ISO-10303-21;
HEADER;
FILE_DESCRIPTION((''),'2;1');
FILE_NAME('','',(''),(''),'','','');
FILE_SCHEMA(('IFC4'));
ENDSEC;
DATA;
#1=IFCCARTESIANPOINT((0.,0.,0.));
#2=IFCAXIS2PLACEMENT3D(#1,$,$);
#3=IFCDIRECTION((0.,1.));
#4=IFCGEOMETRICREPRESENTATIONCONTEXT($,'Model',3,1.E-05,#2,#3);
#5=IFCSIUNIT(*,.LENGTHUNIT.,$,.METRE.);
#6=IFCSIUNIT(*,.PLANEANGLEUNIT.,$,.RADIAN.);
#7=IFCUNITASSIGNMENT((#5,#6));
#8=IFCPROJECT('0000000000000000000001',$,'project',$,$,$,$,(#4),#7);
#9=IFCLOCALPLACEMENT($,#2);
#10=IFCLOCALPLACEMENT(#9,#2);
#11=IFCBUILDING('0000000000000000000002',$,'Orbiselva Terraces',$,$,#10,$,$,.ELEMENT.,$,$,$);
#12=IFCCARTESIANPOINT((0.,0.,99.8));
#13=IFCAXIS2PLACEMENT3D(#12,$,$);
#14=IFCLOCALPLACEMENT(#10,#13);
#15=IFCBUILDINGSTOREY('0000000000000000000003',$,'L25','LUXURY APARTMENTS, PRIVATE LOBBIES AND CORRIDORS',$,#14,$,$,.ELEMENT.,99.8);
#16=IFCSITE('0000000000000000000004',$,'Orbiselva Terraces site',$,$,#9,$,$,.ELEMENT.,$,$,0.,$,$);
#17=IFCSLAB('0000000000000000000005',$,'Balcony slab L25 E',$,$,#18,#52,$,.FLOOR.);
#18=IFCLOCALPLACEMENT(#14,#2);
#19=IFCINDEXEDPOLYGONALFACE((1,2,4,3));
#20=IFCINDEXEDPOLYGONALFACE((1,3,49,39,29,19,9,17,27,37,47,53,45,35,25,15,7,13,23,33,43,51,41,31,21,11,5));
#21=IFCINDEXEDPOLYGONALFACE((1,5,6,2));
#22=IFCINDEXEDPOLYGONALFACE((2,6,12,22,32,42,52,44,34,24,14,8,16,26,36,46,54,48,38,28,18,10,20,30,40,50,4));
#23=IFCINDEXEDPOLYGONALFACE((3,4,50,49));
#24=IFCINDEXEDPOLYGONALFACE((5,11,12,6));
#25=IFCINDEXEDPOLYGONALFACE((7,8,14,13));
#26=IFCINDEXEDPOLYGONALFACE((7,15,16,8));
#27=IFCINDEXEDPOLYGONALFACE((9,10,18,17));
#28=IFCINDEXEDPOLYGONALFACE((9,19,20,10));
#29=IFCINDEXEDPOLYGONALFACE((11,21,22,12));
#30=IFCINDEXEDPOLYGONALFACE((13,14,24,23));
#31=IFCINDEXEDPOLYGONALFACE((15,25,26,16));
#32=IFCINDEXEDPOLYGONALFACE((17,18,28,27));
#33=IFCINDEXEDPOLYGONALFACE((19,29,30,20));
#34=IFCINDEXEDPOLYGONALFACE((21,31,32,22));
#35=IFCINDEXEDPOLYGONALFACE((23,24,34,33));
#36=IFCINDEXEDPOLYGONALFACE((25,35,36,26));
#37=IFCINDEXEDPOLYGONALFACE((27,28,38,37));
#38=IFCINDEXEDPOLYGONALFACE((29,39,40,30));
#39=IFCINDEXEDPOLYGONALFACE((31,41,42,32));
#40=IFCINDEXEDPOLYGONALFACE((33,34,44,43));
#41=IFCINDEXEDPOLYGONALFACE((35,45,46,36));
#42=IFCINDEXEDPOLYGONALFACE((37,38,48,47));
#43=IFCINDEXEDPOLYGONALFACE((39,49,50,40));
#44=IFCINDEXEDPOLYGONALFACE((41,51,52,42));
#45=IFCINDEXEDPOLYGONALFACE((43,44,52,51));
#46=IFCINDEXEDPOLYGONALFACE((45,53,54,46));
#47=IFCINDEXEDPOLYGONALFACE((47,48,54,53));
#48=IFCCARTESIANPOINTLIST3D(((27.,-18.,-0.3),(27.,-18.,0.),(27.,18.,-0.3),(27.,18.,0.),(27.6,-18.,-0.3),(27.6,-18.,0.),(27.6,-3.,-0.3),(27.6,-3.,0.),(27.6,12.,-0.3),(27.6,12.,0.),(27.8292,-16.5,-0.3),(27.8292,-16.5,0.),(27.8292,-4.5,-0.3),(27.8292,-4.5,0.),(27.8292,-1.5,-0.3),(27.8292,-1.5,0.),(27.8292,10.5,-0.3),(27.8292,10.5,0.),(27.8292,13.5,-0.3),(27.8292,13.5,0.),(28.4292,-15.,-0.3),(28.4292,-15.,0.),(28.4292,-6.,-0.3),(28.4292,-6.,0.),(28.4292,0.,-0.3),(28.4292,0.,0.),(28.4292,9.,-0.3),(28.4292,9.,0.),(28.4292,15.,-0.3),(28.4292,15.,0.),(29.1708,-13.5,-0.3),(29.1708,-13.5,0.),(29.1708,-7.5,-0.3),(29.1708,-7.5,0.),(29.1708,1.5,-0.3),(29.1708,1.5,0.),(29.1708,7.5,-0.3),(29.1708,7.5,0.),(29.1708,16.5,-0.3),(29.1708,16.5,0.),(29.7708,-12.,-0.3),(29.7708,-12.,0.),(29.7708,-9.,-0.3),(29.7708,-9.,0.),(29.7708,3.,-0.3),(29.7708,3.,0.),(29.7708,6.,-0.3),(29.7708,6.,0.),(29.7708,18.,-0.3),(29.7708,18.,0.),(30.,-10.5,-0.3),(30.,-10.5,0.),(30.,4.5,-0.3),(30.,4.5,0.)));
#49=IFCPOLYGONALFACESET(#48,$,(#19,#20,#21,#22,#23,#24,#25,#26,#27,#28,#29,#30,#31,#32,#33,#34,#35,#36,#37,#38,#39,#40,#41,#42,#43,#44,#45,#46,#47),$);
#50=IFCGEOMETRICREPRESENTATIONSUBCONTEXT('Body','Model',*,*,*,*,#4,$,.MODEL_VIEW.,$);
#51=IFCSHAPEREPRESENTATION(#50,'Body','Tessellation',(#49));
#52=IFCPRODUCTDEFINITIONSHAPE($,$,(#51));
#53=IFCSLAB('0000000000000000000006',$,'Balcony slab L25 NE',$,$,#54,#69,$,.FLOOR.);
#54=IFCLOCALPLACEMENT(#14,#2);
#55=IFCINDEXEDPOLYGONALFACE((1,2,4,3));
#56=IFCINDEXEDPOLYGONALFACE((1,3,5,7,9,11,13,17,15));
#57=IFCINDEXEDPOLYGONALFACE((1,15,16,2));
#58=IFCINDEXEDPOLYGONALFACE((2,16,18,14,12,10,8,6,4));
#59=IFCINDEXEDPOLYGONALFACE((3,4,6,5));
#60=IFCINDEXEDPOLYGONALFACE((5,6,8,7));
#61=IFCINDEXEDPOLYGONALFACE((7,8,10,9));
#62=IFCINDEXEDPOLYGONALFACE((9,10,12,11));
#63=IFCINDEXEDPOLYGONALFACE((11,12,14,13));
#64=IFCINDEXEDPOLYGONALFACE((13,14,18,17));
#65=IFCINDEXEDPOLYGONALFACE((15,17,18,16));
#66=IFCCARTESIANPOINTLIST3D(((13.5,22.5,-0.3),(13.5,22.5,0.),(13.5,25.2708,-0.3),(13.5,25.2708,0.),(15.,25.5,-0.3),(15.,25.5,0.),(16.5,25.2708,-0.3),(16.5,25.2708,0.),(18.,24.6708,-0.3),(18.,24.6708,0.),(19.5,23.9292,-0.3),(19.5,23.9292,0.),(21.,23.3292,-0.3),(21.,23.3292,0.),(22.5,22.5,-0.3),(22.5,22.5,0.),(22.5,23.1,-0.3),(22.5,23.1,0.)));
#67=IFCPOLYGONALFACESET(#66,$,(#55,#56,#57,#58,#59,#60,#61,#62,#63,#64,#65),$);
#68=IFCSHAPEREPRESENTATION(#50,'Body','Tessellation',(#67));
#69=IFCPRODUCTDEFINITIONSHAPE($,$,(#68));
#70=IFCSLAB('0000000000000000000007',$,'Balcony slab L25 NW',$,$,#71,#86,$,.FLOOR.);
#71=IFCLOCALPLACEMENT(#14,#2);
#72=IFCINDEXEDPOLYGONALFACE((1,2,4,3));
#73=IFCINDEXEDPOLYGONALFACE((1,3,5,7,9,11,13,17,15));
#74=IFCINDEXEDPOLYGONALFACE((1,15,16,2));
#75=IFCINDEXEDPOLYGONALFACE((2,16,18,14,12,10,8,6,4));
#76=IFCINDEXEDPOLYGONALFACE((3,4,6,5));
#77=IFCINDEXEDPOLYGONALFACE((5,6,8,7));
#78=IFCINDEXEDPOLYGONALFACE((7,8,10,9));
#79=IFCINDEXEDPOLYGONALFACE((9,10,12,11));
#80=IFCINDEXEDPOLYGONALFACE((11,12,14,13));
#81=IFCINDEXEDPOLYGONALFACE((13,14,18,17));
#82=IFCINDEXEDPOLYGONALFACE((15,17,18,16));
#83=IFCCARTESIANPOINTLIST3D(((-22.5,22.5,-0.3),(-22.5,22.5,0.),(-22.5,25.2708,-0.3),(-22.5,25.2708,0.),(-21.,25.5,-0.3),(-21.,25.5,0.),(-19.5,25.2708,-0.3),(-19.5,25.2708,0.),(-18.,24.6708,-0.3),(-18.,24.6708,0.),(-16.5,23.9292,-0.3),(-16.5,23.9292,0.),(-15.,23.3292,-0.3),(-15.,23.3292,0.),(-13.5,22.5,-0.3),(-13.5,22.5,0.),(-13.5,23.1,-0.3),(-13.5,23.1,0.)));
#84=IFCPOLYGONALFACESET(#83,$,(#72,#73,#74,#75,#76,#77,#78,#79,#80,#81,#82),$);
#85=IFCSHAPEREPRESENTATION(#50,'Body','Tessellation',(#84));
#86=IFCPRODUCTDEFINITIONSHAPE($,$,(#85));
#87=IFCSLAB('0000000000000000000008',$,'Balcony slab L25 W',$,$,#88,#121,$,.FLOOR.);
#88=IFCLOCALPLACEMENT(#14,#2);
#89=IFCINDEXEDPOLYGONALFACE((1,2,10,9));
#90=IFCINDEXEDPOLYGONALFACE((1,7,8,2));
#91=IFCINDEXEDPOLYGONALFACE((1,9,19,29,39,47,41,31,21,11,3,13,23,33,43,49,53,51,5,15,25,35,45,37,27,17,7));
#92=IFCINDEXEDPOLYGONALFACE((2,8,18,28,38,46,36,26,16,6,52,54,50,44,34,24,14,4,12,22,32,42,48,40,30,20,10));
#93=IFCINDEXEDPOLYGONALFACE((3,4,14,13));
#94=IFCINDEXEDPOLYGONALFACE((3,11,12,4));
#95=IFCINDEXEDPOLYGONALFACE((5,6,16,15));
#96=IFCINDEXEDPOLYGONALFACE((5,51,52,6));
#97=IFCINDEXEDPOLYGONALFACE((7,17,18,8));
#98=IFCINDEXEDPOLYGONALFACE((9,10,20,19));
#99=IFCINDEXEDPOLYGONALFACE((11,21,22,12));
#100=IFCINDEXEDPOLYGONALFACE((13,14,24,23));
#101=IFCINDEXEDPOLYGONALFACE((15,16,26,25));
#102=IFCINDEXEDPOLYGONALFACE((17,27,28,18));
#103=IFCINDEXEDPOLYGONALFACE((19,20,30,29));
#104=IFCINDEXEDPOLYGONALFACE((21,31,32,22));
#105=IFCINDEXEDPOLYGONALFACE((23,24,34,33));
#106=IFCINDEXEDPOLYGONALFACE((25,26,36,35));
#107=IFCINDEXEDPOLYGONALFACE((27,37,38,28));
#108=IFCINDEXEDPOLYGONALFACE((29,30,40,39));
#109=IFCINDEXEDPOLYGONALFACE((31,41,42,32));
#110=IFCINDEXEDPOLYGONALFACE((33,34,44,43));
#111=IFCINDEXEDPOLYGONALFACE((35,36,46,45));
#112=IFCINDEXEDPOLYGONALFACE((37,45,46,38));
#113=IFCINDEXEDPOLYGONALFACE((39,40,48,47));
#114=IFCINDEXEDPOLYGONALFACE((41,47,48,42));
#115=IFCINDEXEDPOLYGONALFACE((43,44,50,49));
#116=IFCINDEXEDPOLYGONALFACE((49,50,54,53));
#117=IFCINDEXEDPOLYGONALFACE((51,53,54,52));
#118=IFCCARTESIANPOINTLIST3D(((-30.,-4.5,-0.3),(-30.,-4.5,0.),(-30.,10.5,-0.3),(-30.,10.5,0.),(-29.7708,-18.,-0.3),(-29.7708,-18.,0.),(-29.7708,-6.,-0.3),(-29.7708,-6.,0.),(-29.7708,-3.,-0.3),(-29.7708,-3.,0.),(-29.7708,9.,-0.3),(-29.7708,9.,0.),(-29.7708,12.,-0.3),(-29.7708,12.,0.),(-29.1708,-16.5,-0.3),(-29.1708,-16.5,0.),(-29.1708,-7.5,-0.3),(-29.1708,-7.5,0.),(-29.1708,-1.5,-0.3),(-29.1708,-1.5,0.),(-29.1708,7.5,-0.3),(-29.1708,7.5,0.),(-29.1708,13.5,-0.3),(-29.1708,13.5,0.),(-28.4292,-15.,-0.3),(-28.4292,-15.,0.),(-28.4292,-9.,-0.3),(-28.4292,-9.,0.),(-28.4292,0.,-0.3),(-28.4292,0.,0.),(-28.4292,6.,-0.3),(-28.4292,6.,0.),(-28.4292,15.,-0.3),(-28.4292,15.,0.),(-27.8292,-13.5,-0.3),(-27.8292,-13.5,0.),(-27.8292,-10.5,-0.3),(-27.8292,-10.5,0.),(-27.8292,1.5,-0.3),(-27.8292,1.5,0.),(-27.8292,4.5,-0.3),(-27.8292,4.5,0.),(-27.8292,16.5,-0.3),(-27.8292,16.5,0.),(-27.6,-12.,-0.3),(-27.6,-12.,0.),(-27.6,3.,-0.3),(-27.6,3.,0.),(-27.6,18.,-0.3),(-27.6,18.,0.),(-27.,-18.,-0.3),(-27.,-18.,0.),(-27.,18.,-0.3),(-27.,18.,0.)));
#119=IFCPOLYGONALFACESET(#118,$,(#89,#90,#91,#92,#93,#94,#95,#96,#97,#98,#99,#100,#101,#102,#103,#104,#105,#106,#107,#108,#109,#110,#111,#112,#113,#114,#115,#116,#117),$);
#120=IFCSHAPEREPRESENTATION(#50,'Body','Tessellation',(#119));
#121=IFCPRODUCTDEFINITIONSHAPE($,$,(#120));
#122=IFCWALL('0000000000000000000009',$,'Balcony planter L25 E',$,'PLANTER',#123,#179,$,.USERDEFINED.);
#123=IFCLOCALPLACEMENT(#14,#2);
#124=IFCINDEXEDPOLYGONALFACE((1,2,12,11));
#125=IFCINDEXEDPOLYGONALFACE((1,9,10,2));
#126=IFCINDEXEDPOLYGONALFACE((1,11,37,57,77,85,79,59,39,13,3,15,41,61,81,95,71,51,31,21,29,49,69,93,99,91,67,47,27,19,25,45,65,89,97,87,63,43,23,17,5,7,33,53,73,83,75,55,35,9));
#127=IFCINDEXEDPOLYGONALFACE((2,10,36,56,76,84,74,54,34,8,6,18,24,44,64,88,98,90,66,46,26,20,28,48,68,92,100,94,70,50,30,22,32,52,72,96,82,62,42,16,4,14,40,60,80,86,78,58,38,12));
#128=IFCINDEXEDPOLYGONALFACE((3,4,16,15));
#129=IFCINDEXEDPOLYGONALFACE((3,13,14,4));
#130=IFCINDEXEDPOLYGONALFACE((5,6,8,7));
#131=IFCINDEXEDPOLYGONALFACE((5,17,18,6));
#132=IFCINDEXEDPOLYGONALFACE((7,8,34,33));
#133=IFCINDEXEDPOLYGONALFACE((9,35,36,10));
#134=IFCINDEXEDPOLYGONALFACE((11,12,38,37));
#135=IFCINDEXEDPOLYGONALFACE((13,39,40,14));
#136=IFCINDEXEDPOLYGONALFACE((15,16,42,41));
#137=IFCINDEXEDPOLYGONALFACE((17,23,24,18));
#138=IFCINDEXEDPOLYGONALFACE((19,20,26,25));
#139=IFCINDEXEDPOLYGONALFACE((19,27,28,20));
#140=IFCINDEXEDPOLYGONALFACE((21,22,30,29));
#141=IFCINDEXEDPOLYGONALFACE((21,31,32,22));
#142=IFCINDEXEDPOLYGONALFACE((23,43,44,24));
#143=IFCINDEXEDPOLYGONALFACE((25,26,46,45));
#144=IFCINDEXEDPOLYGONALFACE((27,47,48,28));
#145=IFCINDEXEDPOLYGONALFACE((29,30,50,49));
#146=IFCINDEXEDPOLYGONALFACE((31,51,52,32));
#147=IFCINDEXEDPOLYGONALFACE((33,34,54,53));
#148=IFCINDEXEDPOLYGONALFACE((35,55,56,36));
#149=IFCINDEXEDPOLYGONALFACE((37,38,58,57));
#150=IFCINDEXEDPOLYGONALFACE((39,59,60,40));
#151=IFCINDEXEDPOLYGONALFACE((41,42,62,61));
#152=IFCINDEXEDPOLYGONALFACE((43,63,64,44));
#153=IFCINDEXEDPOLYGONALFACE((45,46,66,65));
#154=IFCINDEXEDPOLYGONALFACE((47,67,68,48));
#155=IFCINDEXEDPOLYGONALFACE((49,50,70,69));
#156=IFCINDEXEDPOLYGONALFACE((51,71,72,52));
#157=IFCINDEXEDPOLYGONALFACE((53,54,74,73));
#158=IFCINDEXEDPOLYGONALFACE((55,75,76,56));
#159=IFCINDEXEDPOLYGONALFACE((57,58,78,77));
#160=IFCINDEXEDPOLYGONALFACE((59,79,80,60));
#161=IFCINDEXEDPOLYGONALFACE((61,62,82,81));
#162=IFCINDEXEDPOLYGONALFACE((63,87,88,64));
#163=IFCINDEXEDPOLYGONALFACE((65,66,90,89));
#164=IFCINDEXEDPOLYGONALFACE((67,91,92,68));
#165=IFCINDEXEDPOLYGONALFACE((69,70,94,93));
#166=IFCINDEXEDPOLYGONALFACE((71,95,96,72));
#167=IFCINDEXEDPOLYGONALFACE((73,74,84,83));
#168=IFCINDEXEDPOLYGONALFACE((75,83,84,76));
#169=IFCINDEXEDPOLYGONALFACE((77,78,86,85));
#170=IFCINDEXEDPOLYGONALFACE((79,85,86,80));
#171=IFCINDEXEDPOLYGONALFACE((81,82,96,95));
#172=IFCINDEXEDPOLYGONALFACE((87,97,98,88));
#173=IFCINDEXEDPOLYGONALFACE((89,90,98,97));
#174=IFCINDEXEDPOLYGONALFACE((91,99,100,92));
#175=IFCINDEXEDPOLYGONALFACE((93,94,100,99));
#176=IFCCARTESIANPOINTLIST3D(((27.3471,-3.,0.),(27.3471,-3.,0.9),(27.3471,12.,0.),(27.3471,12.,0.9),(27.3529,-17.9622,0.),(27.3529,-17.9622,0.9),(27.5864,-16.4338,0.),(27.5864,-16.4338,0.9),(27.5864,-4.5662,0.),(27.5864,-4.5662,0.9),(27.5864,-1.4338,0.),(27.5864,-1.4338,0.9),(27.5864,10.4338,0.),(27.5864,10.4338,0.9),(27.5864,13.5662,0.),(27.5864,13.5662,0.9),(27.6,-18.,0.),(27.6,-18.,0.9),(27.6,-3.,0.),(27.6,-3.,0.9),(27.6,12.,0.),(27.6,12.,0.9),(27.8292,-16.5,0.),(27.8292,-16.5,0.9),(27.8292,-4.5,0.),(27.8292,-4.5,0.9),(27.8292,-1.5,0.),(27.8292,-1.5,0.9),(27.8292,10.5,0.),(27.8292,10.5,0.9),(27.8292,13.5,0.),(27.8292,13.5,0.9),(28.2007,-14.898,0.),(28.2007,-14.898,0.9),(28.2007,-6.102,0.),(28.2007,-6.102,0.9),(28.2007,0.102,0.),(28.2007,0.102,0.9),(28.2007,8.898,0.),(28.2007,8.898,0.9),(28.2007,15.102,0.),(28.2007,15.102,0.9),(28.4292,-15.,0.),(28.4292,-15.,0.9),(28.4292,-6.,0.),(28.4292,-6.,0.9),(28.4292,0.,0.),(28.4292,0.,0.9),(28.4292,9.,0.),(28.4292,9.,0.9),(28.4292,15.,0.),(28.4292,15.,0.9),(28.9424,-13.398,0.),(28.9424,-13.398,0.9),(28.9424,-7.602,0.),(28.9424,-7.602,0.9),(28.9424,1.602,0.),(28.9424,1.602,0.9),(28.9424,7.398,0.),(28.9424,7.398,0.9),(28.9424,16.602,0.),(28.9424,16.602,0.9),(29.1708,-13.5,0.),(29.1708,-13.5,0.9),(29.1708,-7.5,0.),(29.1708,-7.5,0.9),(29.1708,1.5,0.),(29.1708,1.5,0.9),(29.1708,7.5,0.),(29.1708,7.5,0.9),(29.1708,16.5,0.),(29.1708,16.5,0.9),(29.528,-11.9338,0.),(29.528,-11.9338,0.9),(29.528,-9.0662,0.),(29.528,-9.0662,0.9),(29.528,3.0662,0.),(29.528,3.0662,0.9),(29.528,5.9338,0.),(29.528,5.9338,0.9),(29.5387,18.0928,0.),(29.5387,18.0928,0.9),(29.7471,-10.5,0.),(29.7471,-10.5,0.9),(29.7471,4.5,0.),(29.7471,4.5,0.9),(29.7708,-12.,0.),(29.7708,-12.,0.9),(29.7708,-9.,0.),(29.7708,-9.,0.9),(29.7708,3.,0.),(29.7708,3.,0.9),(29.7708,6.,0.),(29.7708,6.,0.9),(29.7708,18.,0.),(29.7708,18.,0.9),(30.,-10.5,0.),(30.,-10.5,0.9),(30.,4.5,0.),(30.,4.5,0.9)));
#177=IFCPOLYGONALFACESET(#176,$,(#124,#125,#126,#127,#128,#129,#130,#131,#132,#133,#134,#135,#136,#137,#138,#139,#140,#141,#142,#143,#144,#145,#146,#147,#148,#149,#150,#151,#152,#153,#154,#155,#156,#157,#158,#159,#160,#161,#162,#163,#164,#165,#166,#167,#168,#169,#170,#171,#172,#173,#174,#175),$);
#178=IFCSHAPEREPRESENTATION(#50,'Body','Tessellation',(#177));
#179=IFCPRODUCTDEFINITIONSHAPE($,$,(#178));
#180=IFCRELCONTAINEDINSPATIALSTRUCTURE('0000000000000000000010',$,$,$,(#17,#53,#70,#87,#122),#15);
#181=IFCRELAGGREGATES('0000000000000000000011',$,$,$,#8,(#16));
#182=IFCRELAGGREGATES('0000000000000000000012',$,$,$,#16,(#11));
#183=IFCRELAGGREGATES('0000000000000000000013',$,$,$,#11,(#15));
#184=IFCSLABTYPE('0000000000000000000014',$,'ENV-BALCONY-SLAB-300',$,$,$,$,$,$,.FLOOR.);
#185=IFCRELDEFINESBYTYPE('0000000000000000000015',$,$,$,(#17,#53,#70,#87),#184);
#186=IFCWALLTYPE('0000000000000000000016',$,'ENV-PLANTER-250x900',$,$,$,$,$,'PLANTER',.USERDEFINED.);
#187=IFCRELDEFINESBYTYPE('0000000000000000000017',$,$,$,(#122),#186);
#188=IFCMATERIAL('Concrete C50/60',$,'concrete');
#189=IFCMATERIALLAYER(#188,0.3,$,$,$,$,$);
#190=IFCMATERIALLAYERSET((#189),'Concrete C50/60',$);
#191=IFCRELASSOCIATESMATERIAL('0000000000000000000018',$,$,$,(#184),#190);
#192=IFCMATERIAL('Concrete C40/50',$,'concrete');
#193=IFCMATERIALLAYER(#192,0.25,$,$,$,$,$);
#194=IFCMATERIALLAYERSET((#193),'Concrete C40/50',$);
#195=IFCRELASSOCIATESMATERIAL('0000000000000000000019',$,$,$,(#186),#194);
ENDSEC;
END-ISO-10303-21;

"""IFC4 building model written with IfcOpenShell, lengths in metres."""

from ifc_helpers import new_model, si_unit, direction, frame, origin, place, context, subcontext, project, spatial, polyline, outline, extrude, material, layer, layer_set, type_object, element, save


model = new_model("IFC4")

# Units and contexts
model_context = context("Model", 3, precision=1e-05, world=origin(), true_north=direction((0.0, 1.0)))
body_context = subcontext(model_context, "Body", "Model", "MODEL_VIEW")
ifc_project = project(units=[si_unit("LENGTHUNIT", "METRE"), si_unit("PLANEANGLEUNIT", "RADIAN")], contexts=[model_context])

# Site, building, storey
site_placement = place(None, origin())
site = spatial("IfcSite", under=ifc_project, at=site_placement, Name="Orbiselva Terraces site", CompositionType="ELEMENT", RefElevation=0.0)
building_placement = place(site_placement, origin())
building = spatial("IfcBuilding", under=site, at=building_placement, Name="Orbiselva Terraces", CompositionType="ELEMENT")
storey_placement = place(building_placement, frame((0.0, 0.0, 99.8)))
storey = spatial("IfcBuildingStorey", under=building, at=storey_placement, Name="L25", Description="LUXURY APARTMENTS, PRIVATE LOBBIES AND CORRIDORS", CompositionType="ELEMENT", Elevation=99.8)

# Shared definitions
ifc_material_1 = material(Name="Concrete C40/50", Category="concrete")

# Slabs
ifc_material_2 = material(Name="Concrete C50/60", Category="concrete")
ifc_layer_1 = layer(ifc_material_2, 0.3)
ifc_layer_set_1 = layer_set([ifc_layer_1], Name="Concrete C50/60")
slab_type_1 = type_object("IfcSlabType", Name="ENV-BALCONY-SLAB-300", PredefinedType="FLOOR", material=ifc_layer_set_1)
slab_1_placement = place(storey_placement, frame((0.0, 0.0, -0.3)))
element("IfcSlab", 1, at=slab_1_placement, inside=storey, type_object=slab_type_1, Name="Balcony slab L25 E", PredefinedType="FLOOR", context=body_context, shape_type="SweptSolid", body=[
    extrude(outline(polyline([(27.6, -18.0), (27.8292, -16.5), (28.4292, -15.0), (29.1708, -13.5), (29.7708, -12.0), (30.0, -10.5), (29.7708, -9.0), (29.1708, -7.5), (28.4292, -6.0), (27.8292, -4.5), (27.6, -3.0), (27.8292, -1.5), (28.4292, 0.0), (29.1708, 1.5), (29.7708, 3.0), (30.0, 4.5), (29.7708, 6.0), (29.1708, 7.5), (28.4292, 9.0), (27.8292, 10.5), (27.6, 12.0), (27.8292, 13.5), (28.4292, 15.0), (29.1708, 16.5), (29.7708, 18.0), (27.0, 18.0), (27.0, -18.0), (27.6, -18.0)])), origin(), (0.0, 0.0, 1.0), 0.3),
])
slab_2_placement = place(storey_placement, frame((0.0, 0.0, -0.3)))
element("IfcSlab", 2, at=slab_2_placement, inside=storey, type_object=slab_type_1, Name="Balcony slab L25 NE", PredefinedType="FLOOR", context=body_context, shape_type="SweptSolid", body=[
    extrude(outline(polyline([(22.5, 23.1), (21.0, 23.3292), (19.5, 23.9292), (18.0, 24.6708), (16.5, 25.2708), (15.0, 25.5), (13.5, 25.2708), (13.5, 22.5), (22.5, 22.5), (22.5, 23.1)])), origin(), (0.0, 0.0, 1.0), 0.3),
])
slab_3_placement = place(storey_placement, frame((0.0, 0.0, -0.3)))
element("IfcSlab", 3, at=slab_3_placement, inside=storey, type_object=slab_type_1, Name="Balcony slab L25 NW", PredefinedType="FLOOR", context=body_context, shape_type="SweptSolid", body=[
    extrude(outline(polyline([(-13.5, 23.1), (-15.0, 23.3292), (-16.5, 23.9292), (-18.0, 24.6708), (-19.5, 25.2708), (-21.0, 25.5), (-22.5, 25.2708), (-22.5, 22.5), (-13.5, 22.5), (-13.5, 23.1)])), origin(), (0.0, 0.0, 1.0), 0.3),
])
slab_4_placement = place(storey_placement, frame((0.0, 0.0, -0.3)))
element("IfcSlab", 4, at=slab_4_placement, inside=storey, type_object=slab_type_1, Name="Balcony slab L25 W", PredefinedType="FLOOR", context=body_context, shape_type="SweptSolid", body=[
    extrude(outline(polyline([(-27.6, 18.0), (-27.8292, 16.5), (-28.4292, 15.0), (-29.1708, 13.5), (-29.7708, 12.0), (-30.0, 10.5), (-29.7708, 9.0), (-29.1708, 7.5), (-28.4292, 6.0), (-27.8292, 4.5), (-27.6, 3.0), (-27.8292, 1.5), (-28.4292, 0.0), (-29.1708, -1.5), (-29.7708, -3.0), (-30.0, -4.5), (-29.7708, -6.0), (-29.1708, -7.5), (-28.4292, -9.0), (-27.8292, -10.5), (-27.6, -12.0), (-27.8292, -13.5), (-28.4292, -15.0), (-29.1708, -16.5), (-29.7708, -18.0), (-27.0, -18.0), (-27.0, 18.0), (-27.6, 18.0)])), origin(), (0.0, 0.0, 1.0), 0.3),
])

# Wall
ifc_layer_2 = layer(ifc_material_1, 0.25)
ifc_layer_set_2 = layer_set([ifc_layer_2], Name="Concrete C40/50")
wall_type_1 = type_object("IfcWallType", Name="ENV-PLANTER-250x900", ElementType="PLANTER", PredefinedType="USERDEFINED", material=ifc_layer_set_2)
wall_1_placement = place(storey_placement, origin())
element("IfcWall", 5, at=wall_1_placement, inside=storey, type_object=wall_type_1, Name="Balcony planter L25 E", ObjectType="PLANTER", PredefinedType="USERDEFINED", context=body_context, shape_type="SweptSolid", body=[
    extrude(outline(polyline([(27.6, -18.0), (27.8292, -16.5), (28.4292, -15.0), (29.1708, -13.5), (29.7708, -12.0), (30.0, -10.5), (29.7708, -9.0), (29.1708, -7.5), (28.4292, -6.0), (27.8292, -4.5), (27.6, -3.0), (27.8292, -1.5), (28.4292, 0.0), (29.1708, 1.5), (29.7708, 3.0), (30.0, 4.5), (29.7708, 6.0), (29.1708, 7.5), (28.4292, 9.0), (27.8292, 10.5), (27.6, 12.0), (27.8292, 13.5), (28.4292, 15.0), (29.1708, 16.5), (29.7708, 18.0), (29.5387, 18.0928), (28.9424, 16.602), (28.2007, 15.102), (27.5864, 13.5662), (27.3471, 12.0), (27.5864, 10.4338), (28.2007, 8.898), (28.9424, 7.398), (29.528, 5.9338), (29.7471, 4.5), (29.528, 3.0662), (28.9424, 1.602), (28.2007, 0.102), (27.5864, -1.4338), (27.3471, -3.0), (27.5864, -4.5662), (28.2007, -6.102), (28.9424, -7.602), (29.528, -9.0662), (29.7471, -10.5), (29.528, -11.9338), (28.9424, -13.398), (28.2007, -14.898), (27.5864, -16.4338), (27.3529, -17.9622), (27.6, -18.0)])), origin(), (0.0, 0.0, 1.0), 0.9),
])

save(model, "model.ifc")
